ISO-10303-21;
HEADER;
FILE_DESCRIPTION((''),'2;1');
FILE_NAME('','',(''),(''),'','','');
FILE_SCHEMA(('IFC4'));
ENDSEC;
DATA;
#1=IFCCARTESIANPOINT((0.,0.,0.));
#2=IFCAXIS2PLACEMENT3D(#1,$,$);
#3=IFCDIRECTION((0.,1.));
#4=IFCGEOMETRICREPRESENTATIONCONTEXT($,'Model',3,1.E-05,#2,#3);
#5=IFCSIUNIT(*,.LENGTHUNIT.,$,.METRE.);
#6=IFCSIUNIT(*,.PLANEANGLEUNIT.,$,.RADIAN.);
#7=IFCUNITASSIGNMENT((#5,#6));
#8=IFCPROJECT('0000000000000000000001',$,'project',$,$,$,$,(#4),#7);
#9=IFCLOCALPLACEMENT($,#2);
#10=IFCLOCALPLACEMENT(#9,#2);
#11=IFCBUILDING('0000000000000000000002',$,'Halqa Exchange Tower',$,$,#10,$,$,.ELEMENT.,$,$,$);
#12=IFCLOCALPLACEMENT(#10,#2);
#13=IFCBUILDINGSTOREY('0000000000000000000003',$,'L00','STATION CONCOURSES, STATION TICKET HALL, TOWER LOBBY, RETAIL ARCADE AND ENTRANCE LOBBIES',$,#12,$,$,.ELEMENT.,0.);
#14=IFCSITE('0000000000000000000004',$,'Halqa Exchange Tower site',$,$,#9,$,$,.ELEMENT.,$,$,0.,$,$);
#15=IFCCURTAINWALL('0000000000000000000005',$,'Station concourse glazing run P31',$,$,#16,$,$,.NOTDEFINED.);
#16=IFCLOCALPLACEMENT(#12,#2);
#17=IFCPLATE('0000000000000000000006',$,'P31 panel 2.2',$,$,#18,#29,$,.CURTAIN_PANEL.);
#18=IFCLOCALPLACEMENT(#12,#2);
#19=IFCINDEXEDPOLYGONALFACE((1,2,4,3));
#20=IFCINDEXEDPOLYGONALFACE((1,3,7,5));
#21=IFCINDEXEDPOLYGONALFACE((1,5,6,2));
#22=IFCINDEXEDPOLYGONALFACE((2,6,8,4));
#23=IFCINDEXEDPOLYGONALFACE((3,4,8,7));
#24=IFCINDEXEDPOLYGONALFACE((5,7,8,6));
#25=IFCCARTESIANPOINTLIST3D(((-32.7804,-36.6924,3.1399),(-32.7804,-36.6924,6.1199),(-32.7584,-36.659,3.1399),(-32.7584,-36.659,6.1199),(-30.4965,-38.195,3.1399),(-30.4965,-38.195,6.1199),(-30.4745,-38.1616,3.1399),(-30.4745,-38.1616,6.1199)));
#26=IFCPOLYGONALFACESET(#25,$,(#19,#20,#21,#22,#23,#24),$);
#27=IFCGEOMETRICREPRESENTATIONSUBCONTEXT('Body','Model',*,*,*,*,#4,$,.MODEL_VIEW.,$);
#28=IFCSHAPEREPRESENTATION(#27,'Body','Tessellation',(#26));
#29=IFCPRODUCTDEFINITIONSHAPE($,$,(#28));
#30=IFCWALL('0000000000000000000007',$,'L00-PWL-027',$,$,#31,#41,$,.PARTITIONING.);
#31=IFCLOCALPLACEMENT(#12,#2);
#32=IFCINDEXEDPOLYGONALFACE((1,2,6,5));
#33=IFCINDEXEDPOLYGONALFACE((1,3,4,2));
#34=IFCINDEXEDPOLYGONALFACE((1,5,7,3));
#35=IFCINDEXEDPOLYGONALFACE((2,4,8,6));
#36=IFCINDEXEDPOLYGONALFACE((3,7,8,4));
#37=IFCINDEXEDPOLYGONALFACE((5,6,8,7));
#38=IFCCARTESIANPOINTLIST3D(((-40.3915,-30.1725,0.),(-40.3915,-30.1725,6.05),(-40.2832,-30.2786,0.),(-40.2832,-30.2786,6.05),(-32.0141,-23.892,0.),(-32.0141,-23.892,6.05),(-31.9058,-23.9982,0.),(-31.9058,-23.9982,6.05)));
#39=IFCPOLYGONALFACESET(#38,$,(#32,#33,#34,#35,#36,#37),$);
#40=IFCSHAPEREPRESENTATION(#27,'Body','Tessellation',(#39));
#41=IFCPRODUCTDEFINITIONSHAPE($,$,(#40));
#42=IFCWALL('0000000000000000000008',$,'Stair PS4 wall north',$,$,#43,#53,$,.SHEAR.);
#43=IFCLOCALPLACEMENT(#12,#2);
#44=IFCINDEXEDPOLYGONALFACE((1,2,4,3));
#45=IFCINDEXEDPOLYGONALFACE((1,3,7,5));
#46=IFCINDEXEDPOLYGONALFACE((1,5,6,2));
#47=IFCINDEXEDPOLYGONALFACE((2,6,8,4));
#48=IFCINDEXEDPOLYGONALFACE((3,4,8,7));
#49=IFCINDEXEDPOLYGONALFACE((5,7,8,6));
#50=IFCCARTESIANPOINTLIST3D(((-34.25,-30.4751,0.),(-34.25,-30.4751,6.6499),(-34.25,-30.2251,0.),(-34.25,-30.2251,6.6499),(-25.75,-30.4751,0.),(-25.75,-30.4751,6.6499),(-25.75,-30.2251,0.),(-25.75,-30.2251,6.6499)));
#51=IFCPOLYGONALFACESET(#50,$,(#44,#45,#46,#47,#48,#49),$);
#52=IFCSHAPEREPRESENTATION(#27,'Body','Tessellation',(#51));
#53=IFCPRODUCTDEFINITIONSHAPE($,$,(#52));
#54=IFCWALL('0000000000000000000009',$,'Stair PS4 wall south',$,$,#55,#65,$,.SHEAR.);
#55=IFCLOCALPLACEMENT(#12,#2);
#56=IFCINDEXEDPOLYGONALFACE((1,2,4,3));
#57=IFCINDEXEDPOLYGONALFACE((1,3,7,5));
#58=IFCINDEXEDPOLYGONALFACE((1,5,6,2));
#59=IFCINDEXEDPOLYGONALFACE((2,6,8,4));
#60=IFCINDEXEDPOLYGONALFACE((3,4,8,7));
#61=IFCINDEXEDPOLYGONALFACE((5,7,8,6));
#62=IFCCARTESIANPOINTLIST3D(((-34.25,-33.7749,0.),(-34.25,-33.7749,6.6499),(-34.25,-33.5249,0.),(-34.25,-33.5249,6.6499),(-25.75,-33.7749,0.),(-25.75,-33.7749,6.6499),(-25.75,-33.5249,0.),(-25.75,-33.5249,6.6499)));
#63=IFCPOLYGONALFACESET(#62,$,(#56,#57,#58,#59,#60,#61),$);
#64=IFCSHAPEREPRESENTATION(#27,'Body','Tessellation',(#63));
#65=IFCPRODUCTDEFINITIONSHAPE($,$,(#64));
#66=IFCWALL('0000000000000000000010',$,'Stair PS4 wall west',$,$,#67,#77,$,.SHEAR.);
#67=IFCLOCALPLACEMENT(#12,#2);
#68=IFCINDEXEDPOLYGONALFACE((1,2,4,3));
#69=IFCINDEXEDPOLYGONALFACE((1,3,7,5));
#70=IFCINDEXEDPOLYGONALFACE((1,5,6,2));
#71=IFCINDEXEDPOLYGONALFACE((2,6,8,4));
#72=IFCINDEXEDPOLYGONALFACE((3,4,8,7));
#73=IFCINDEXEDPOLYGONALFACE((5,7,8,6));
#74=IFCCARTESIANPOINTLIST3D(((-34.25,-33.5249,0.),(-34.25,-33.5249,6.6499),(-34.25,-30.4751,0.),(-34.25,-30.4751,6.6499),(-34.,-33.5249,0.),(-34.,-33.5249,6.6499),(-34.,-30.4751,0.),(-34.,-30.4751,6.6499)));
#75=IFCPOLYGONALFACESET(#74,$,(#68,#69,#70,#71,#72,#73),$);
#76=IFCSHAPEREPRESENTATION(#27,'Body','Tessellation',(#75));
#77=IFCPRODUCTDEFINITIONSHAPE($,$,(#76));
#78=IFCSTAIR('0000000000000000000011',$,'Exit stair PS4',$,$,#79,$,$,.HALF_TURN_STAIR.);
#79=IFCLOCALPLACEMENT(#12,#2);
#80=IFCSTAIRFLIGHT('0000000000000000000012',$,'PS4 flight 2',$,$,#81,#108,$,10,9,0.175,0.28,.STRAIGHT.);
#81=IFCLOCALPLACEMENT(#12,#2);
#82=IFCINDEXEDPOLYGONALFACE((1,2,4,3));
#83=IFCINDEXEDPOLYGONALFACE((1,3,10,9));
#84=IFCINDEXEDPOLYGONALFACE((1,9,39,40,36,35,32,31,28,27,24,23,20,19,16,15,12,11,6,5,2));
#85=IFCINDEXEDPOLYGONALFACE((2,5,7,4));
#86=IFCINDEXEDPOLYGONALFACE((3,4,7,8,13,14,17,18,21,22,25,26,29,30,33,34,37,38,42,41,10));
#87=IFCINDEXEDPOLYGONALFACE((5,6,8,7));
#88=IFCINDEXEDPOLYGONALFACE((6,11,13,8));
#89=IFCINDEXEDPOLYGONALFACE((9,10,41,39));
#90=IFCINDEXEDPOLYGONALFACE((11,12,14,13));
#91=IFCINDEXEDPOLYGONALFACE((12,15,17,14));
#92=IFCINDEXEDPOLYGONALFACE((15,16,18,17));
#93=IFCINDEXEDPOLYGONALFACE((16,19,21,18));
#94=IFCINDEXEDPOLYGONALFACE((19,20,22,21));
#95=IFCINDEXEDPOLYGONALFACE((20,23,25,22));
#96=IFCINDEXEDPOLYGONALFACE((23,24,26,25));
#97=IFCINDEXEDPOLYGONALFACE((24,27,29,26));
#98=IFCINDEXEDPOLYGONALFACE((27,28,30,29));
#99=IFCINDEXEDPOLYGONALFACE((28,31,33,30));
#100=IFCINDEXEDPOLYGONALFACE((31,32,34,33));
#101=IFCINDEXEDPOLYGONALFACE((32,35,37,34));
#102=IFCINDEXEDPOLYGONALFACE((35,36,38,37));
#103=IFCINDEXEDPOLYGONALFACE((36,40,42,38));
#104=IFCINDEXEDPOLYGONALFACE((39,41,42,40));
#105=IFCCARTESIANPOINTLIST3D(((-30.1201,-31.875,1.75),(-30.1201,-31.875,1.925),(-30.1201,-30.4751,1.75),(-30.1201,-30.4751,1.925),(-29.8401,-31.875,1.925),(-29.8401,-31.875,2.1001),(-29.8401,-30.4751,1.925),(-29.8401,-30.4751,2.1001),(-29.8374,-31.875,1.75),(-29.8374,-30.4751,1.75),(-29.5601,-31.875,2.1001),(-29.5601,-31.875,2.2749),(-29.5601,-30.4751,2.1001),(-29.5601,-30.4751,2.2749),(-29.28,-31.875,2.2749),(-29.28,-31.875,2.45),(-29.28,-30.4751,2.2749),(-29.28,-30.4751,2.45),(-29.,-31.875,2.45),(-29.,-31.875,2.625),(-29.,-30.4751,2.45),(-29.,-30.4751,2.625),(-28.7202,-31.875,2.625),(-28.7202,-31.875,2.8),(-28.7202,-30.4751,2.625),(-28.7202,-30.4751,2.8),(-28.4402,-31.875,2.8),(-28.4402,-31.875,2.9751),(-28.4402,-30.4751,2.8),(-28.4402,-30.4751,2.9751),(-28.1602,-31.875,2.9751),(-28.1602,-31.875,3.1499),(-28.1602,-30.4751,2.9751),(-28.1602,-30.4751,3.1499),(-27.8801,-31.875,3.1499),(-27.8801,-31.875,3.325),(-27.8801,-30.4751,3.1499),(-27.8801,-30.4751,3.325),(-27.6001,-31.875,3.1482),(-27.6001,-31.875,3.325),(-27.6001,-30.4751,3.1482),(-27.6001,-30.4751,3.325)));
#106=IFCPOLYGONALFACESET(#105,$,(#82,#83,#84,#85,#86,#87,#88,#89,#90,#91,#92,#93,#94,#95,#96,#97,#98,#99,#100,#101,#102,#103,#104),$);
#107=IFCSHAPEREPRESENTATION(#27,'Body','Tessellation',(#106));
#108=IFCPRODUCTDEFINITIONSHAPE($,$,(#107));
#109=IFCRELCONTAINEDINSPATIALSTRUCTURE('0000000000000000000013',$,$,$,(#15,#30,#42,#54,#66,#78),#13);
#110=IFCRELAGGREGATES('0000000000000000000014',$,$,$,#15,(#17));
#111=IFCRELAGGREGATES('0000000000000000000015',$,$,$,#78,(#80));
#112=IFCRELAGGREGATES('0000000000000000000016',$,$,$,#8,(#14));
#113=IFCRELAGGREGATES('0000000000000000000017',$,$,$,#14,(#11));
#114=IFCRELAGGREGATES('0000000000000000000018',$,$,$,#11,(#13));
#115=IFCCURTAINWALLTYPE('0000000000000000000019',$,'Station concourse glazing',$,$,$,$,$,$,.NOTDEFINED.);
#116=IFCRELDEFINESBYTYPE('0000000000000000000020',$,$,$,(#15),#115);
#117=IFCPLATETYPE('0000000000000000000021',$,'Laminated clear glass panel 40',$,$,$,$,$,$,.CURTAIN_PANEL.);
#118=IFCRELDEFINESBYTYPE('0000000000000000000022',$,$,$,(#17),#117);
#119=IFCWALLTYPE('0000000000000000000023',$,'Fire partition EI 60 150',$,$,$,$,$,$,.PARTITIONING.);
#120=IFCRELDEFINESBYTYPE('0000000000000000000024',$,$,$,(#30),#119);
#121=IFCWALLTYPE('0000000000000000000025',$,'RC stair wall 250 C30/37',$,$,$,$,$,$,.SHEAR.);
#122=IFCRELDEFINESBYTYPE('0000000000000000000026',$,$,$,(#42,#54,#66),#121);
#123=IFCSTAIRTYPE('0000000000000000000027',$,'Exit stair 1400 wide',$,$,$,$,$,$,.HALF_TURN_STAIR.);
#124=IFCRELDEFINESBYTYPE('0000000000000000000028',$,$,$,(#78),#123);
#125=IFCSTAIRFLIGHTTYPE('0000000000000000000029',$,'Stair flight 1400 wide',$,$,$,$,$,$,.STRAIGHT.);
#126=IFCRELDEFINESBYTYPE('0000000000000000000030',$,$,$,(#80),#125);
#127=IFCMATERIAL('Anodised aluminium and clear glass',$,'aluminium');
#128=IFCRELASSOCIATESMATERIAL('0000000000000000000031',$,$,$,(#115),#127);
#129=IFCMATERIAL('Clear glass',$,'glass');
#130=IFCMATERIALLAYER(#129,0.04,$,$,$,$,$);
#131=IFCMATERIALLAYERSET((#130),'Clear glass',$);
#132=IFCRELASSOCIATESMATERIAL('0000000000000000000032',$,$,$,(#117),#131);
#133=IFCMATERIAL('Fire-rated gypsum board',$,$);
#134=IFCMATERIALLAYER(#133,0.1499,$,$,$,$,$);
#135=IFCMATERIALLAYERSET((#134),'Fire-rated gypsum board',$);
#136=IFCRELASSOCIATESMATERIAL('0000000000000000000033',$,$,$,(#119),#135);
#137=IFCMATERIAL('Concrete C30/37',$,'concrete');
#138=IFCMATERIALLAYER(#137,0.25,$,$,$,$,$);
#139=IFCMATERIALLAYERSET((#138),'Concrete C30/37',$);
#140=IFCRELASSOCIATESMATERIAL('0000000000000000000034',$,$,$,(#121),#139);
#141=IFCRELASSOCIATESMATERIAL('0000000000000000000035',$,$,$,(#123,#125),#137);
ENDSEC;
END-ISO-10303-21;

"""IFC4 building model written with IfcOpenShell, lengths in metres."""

from ifc_helpers import new_model, si_unit, direction, frame, frame_2d, origin, origin_2d, place, context, subcontext, project, spatial, polyline, rectangle, outline, extrude, material, layer, layer_set, type_object, element, aggregate, save


model = new_model("IFC4")

# Units and contexts
model_context = context("Model", 3, precision=1e-05, world=origin(), true_north=direction((0.0, 1.0)))
body_context = subcontext(model_context, "Body", "Model", "MODEL_VIEW")
ifc_project = project(units=[si_unit("LENGTHUNIT", "METRE"), si_unit("PLANEANGLEUNIT", "RADIAN")], contexts=[model_context])

# Site, building, storey
site_placement = place(None, origin())
site = spatial("IfcSite", under=ifc_project, at=site_placement, Name="Halqa Exchange Tower site", CompositionType="ELEMENT", RefElevation=0.0)
building_placement = place(site_placement, origin())
building = spatial("IfcBuilding", under=site, at=building_placement, Name="Halqa Exchange Tower", CompositionType="ELEMENT")
storey_placement = place(building_placement, origin())
storey = spatial("IfcBuildingStorey", under=building, at=storey_placement, Name="L00", Description="STATION CONCOURSES, STATION TICKET HALL, TOWER LOBBY, RETAIL ARCADE AND ENTRANCE LOBBIES", CompositionType="ELEMENT", Elevation=0.0)

# Curtain wall
ifc_material_1 = material(Name="Anodised aluminium and clear glass", Category="aluminium")
curtain_wall_type = type_object("IfcCurtainWallType", Name="Station concourse glazing", PredefinedType="NOTDEFINED", material=ifc_material_1)
curtain_wall_1_placement = place(storey_placement, origin())
curtain_wall_1 = element("IfcCurtainWall", 1, at=curtain_wall_1_placement, inside=storey, type_object=curtain_wall_type, Name="Station concourse glazing run P31", PredefinedType="NOTDEFINED")

# Plate
ifc_material_2 = material(Name="Clear glass", Category="glass")
ifc_layer_1 = layer(ifc_material_2, 0.04)
ifc_layer_set_1 = layer_set([ifc_layer_1], Name="Clear glass")
plate_type = type_object("IfcPlateType", Name="Laminated clear glass panel 40", PredefinedType="CURTAIN_PANEL", material=ifc_layer_set_1)
plate_1_placement = place(storey_placement, frame((-31.6274, -37.427, 3.1399), z_axis=(0.0, 0.0, 1.0), x_axis=(0.835415, -0.54962, 0.0)))
plate_1 = element("IfcPlate", 2, at=plate_1_placement, type_object=plate_type, Name="P31 panel 2.2", PredefinedType="CURTAIN_PANEL", context=body_context, shape_type="SweptSolid", body=[
    extrude(rectangle(XDim=2.7339, YDim=0.04, at=origin_2d()), origin(), (0.0, 0.0, 1.0), 2.98),
])
aggregate(curtain_wall_1, [plate_1])

# Walls
ifc_material_3 = material(Name="Fire-rated gypsum board")
ifc_layer_2 = layer(ifc_material_3, 0.1499)
ifc_layer_set_2 = layer_set([ifc_layer_2], Name="Fire-rated gypsum board")
wall_type_1 = type_object("IfcWallType", Name="Fire partition EI 60 150", PredefinedType="PARTITIONING", material=ifc_layer_set_2)
wall_1_placement = place(storey_placement, frame((-31.96, -23.9451, 0.0), z_axis=(0.0, 0.0, 1.0), x_axis=(-0.800118, -0.599843, 0.0)))
element("IfcWall", 3, at=wall_1_placement, inside=storey, type_object=wall_type_1, Name="L00-PWL-027", PredefinedType="PARTITIONING", context=body_context, shape_type="SweptSolid", body=[
    extrude(outline(polyline([(0.0115, -0.075), (10.4817, -0.075), (10.4587, 0.075), (-0.0115, 0.075), (0.0115, -0.075)])), origin(), (0.0, 0.0, 1.0), 6.05),
])
ifc_material_4 = material(Name="Concrete C30/37", Category="concrete")
ifc_layer_3 = layer(ifc_material_4, 0.25)
ifc_layer_set_3 = layer_set([ifc_layer_3], Name="Concrete C30/37")
wall_type_2 = type_object("IfcWallType", Name="RC stair wall 250 C30/37", PredefinedType="SHEAR", material=ifc_layer_set_3)
for number, where, z_axis, x_axis, name in (
    (4, (-34.25, -30.3501, 0.0), (0.0, 0.0, 1.0), (1.0, 0.0, 0.0), "Stair PS4 wall north"),
    (5, (-34.25, -33.6499, 0.0), (0.0, 0.0, 1.0), (1.0, 0.0, 0.0), "Stair PS4 wall south"),
):
    element("IfcWall", number, at=place(storey_placement, frame(where, z_axis=z_axis, x_axis=x_axis)), inside=storey, type_object=wall_type_2, Name=name, PredefinedType="SHEAR", context=body_context, shape_type="SweptSolid", body=[
        extrude(rectangle(XDim=8.5, YDim=0.25, at=frame_2d((4.25, 0.0))), origin(), (0.0, 0.0, 1.0), 6.6499),
    ])
wall_2_placement = place(storey_placement, frame((-34.125, -33.5249, 0.0), z_axis=(0.0, 0.0, 1.0), x_axis=(0.0, 1.0, 0.0)))
element("IfcWall", 6, at=wall_2_placement, inside=storey, type_object=wall_type_2, Name="Stair PS4 wall west", PredefinedType="SHEAR", context=body_context, shape_type="SweptSolid", body=[
    extrude(rectangle(XDim=3.0498, YDim=0.25, at=frame_2d((1.5249, 0.0))), origin(), (0.0, 0.0, 1.0), 6.6499),
])

# Stair, stair flight
stair_type = type_object("IfcStairType", Name="Exit stair 1400 wide", PredefinedType="HALF_TURN_STAIR", material=ifc_material_4)
stair_placement = place(storey_placement, origin())
stair = element("IfcStair", 7, at=stair_placement, inside=storey, type_object=stair_type, Name="Exit stair PS4", PredefinedType="HALF_TURN_STAIR")
stair_flight_type = type_object("IfcStairFlightType", Name="Stair flight 1400 wide", PredefinedType="STRAIGHT", material=ifc_material_4)
stair_flight_placement = place(storey_placement, frame((-30.1201, -31.175, 1.75), z_axis=(0.0, 0.0, 1.0), x_axis=(1.0, 0.0, 0.0)))
stair_flight = element("IfcStairFlight", 8, at=stair_flight_placement, type_object=stair_flight_type, Name="PS4 flight 2", NumberOfRisers=10, NumberOfTreads=9, PredefinedType="STRAIGHT", RiserHeight=0.175, TreadLength=0.28, context=body_context, shape_type="SweptSolid", body=[
    extrude(outline(polyline([(0.0, 0.0), (0.0, 0.175), (0.28, 0.175), (0.28, 0.3501), (0.5601, 0.3501), (0.5601, 0.5249), (0.8401, 0.5249), (0.8401, 0.7), (1.1201, 0.7), (1.1201, 0.875), (1.3999, 0.875), (1.3999, 1.05), (1.6799, 1.05), (1.6799, 1.2251), (1.96, 1.2251), (1.96, 1.3999), (2.24, 1.3999), (2.24, 1.575), (2.52, 1.575), (2.52, 1.75), (2.52, 1.3982), (0.2827, 0.0), (0.0, 0.0)])), frame((0.0, 0.7, 0.0), z_axis=(0.0, -1.0, 0.0), x_axis=(1.0, 0.0, 0.0)), (0.0, 0.0, 1.0), 1.3999),
])
aggregate(stair, [stair_flight])

save(model, "model.ifc")
